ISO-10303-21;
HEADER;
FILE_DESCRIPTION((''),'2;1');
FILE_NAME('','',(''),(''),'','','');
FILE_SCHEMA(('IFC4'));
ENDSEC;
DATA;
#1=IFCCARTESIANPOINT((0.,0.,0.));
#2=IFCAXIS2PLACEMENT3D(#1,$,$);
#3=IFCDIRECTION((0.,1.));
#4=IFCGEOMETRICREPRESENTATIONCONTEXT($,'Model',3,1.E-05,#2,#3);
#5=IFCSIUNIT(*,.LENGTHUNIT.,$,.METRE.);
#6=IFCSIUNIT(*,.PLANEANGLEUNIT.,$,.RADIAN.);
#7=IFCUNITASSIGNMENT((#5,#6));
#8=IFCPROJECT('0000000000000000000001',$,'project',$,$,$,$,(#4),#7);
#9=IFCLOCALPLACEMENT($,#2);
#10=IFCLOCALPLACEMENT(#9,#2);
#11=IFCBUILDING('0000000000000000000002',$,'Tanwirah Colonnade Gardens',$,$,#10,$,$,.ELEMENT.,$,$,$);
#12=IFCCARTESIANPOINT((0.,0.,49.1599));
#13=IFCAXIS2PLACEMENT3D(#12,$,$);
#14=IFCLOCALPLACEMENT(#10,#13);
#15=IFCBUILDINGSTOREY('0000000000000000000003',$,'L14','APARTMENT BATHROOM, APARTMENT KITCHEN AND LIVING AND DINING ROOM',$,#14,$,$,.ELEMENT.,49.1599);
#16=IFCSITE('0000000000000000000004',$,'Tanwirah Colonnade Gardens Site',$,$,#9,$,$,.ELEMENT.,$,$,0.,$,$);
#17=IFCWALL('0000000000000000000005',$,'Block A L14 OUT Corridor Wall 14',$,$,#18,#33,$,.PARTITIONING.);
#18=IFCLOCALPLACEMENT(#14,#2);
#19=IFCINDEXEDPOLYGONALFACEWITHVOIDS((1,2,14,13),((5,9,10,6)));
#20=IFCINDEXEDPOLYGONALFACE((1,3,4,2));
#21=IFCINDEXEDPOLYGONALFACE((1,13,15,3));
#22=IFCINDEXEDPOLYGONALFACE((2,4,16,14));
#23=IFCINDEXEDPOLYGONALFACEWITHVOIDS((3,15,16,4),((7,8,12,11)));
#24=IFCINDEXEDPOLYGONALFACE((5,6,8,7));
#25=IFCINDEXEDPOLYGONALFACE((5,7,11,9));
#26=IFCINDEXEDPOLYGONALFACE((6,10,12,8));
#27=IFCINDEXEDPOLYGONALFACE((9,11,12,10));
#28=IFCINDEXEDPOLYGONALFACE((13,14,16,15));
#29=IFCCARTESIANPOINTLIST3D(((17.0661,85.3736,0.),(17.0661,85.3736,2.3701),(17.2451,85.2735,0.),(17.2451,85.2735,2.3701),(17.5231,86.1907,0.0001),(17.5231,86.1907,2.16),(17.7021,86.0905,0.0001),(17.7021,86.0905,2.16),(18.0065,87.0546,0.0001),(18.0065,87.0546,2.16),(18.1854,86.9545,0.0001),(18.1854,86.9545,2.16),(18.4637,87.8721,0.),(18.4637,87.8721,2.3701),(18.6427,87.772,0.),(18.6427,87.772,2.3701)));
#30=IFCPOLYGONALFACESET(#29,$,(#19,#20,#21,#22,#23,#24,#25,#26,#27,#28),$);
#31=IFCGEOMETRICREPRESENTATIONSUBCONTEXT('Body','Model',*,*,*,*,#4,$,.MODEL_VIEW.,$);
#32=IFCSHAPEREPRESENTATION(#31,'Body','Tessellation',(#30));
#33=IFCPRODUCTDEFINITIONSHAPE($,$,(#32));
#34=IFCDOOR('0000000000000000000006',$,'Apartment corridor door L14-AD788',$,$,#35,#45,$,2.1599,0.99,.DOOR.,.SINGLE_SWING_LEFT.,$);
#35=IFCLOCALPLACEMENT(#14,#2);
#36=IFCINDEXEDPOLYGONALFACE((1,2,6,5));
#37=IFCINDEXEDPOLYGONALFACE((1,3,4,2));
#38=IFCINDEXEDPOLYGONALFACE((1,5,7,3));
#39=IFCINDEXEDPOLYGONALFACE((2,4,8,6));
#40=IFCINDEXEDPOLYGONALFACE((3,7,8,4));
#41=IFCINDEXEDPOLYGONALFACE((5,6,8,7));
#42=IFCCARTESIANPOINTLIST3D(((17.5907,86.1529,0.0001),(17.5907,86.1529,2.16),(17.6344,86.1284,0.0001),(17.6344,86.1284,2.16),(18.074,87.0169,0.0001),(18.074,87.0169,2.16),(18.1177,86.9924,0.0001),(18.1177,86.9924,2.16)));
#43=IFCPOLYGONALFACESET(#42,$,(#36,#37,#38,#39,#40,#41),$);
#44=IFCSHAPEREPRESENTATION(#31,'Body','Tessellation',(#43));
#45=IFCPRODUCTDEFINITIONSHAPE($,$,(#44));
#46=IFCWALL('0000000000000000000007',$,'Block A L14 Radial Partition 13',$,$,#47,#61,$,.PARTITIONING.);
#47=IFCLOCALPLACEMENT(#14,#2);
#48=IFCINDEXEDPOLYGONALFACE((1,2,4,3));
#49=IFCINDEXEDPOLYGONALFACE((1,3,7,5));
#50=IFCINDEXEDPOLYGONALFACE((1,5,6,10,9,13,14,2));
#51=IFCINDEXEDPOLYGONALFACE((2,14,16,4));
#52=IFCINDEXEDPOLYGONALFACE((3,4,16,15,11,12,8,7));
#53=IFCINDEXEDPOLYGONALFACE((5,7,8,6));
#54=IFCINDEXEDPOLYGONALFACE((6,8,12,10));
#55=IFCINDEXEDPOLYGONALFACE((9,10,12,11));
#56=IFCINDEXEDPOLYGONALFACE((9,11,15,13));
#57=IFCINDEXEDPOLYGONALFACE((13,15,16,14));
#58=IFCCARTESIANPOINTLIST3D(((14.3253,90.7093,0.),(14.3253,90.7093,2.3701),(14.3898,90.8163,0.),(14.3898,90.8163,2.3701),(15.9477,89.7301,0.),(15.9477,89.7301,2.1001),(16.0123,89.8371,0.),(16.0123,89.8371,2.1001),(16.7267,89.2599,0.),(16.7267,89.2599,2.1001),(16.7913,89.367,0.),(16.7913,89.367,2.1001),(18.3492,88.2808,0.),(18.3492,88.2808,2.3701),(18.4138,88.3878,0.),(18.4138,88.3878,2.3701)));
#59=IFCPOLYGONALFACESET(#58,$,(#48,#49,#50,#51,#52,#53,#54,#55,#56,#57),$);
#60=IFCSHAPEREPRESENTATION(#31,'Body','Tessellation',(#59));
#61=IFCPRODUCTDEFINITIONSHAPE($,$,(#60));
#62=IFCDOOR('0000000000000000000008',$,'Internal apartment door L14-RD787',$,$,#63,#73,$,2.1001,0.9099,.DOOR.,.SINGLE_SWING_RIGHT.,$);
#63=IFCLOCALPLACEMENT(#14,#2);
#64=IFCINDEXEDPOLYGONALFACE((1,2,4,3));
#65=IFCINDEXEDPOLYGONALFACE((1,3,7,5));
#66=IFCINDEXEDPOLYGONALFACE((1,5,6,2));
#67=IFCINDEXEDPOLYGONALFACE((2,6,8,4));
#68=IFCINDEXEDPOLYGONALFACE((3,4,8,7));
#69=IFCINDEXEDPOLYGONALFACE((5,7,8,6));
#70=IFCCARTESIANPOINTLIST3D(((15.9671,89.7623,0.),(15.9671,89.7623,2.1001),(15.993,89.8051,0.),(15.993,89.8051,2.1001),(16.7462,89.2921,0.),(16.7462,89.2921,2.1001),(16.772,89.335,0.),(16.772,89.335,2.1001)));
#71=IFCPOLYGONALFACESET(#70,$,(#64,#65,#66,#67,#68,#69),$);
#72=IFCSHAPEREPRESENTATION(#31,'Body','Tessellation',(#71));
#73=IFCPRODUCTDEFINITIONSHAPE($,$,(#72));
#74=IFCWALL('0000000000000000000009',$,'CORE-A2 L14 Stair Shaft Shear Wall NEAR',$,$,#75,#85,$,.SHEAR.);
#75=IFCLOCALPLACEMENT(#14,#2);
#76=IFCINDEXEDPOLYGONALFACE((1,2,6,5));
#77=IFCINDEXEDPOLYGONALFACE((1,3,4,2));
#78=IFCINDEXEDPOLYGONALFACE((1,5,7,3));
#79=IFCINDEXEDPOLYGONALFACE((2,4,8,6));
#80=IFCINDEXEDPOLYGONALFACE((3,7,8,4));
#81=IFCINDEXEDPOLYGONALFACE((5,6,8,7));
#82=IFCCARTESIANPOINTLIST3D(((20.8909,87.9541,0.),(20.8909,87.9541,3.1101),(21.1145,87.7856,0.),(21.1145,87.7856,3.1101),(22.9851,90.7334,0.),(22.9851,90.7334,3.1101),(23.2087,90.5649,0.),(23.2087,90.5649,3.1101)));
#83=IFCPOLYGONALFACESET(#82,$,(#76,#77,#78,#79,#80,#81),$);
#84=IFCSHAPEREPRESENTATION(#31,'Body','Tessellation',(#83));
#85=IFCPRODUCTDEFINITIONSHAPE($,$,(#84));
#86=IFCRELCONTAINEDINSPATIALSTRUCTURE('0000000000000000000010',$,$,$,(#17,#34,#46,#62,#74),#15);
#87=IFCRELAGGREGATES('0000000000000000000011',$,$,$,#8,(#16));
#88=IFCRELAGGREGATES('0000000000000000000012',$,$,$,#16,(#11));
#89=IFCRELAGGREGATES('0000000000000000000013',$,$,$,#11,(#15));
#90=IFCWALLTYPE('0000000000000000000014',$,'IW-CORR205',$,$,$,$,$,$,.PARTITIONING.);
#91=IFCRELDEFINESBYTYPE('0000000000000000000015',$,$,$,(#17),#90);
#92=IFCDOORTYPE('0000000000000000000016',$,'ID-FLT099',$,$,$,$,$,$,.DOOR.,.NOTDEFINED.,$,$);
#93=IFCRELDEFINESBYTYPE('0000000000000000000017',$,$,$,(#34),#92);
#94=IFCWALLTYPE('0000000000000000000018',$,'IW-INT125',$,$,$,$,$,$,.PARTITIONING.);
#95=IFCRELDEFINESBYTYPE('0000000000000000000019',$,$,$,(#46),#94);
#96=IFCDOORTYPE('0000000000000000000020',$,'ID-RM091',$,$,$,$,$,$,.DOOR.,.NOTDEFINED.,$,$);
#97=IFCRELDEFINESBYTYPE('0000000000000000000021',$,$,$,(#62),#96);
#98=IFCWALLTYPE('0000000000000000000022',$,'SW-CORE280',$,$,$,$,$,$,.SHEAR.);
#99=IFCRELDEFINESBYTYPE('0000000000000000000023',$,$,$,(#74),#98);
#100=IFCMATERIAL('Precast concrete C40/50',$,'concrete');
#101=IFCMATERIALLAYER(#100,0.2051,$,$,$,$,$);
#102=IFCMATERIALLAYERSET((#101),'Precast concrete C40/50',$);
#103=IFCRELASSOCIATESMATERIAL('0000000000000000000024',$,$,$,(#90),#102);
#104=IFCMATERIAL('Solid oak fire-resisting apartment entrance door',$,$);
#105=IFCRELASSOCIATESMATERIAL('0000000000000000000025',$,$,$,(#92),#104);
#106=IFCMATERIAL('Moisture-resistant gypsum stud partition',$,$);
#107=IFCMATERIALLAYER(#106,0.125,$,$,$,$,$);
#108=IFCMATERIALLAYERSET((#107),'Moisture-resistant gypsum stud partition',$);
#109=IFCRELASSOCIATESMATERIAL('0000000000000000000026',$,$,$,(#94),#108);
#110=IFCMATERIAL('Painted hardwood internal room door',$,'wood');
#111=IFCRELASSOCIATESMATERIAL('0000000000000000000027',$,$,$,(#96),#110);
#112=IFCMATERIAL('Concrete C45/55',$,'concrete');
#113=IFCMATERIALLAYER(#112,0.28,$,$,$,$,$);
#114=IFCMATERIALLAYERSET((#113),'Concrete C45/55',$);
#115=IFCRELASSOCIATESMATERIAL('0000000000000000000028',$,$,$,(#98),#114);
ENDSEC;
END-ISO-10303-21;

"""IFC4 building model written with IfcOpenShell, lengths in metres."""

from ifc_helpers import new_model, si_unit, direction, frame, frame_2d, origin, place, context, subcontext, project, spatial, rectangle, extrude, material, layer, layer_set, type_object, element, fill, save


model = new_model("IFC4")

# Units and contexts
model_context = context("Model", 3, precision=1e-05, world=origin(), true_north=direction((0.0, 1.0)))
body_context = subcontext(model_context, "Body", "Model", "MODEL_VIEW")
ifc_project = project(units=[si_unit("LENGTHUNIT", "METRE"), si_unit("PLANEANGLEUNIT", "RADIAN")], contexts=[model_context])

# Site, building, storey
site_placement = place(None, origin())
site = spatial("IfcSite", under=ifc_project, at=site_placement, Name="Tanwirah Colonnade Gardens Site", CompositionType="ELEMENT", RefElevation=0.0)
building_placement = place(site_placement, origin())
building = spatial("IfcBuilding", under=site, at=building_placement, Name="Tanwirah Colonnade Gardens", CompositionType="ELEMENT")
storey_placement = place(building_placement, frame((0.0, 0.0, 49.1599)))
storey = spatial("IfcBuildingStorey", under=building, at=storey_placement, Name="L14", Description="APARTMENT BATHROOM, APARTMENT KITCHEN AND LIVING AND DINING ROOM", CompositionType="ELEMENT", Elevation=49.1599)

# Shared definitions
ifc_material_1 = material(Name="Precast concrete C40/50", Category="concrete")

# Walls, openings, doors
ifc_layer_1 = layer(ifc_material_1, 0.2051)
ifc_layer_set_1 = layer_set([ifc_layer_1], Name="Precast concrete C40/50")
wall_type_1 = type_object("IfcWallType", Name="IW-CORR205", PredefinedType="PARTITIONING", material=ifc_layer_set_1)
ifc_material_2 = material(Name="Solid oak fire-resisting apartment entrance door")
wall_1_placement = place(storey_placement, frame((18.5532, 87.822, 0.0), z_axis=(0.0, 0.0, 1.0), x_axis=(-0.488211, -0.872726, 0.0)))
wall_1 = element("IfcWall", 1, at=wall_1_placement, inside=storey, type_object=wall_type_1, Name="Block A L14 OUT Corridor Wall 14", PredefinedType="PARTITIONING", context=body_context, shape_type="SweptSolid", body=[
    extrude(rectangle(XDim=2.8628, YDim=0.2051, at=frame_2d((1.4314, 0.0))), origin(), (0.0, 0.0, 1.0), 2.3701),
])
opening_1_placement = place(wall_1_placement, frame((0.9365, 0.0, 0.0)))
opening_1 = element("IfcOpeningElement", 2, at=opening_1_placement, cuts=wall_1, PredefinedType="OPENING", context=body_context, shape_type="SweptSolid", body=[
    extrude(rectangle(XDim=0.99, YDim=2.1599, at=frame_2d((0.4951, 1.0801))), frame((0.0, 0.1125, 0.0), z_axis=(0.0, -1.0, 0.0), x_axis=(1.0, 0.0, 0.0)), (0.0, 0.0, 1.0), 0.2251),
])
door_type_1 = type_object("IfcDoorType", Name="ID-FLT099", OperationType="NOTDEFINED", PredefinedType="DOOR", material=ifc_material_2)
door_1_placement = place(opening_1_placement, origin())
door_1 = element("IfcDoor", 3, at=door_1_placement, inside=storey, type_object=door_type_1, Name="Apartment corridor door L14-AD788", OperationType="SINGLE_SWING_LEFT", OverallHeight=2.1599, OverallWidth=0.99, PredefinedType="DOOR", context=body_context, shape_type="SweptSolid", body=[
    extrude(rectangle(XDim=0.99, YDim=2.1599, at=frame_2d((0.4951, 1.0801))), frame((0.0, 0.0249, 0.0), z_axis=(0.0, -1.0, 0.0), x_axis=(1.0, 0.0, 0.0)), (0.0, 0.0, 1.0), 0.05),
])
fill(opening_1, door_1)
ifc_material_3 = material(Name="Moisture-resistant gypsum stud partition")
ifc_layer_2 = layer(ifc_material_3, 0.125)
ifc_layer_set_2 = layer_set([ifc_layer_2], Name="Moisture-resistant gypsum stud partition")
wall_type_2 = type_object("IfcWallType", Name="IW-INT125", PredefinedType="PARTITIONING", material=ifc_layer_set_2)
wall_2_placement = place(storey_placement, frame((18.3816, 88.3342, 0.0), z_axis=(0.0, 0.0, 1.0), x_axis=(-0.856165, 0.516702, 0.0)))
wall_2 = element("IfcWall", 4, at=wall_2_placement, inside=storey, type_object=wall_type_2, Name="Block A L14 Radial Partition 13", PredefinedType="PARTITIONING", context=body_context, shape_type="SweptSolid", body=[
    extrude(rectangle(XDim=4.7, YDim=0.125, at=frame_2d((2.3501, 0.0))), origin(), (0.0, 0.0, 1.0), 2.3701),
])
opening_2_placement = place(wall_2_placement, frame((1.895, 0.0, 0.0)))
opening_2 = element("IfcOpeningElement", 5, at=opening_2_placement, cuts=wall_2, PredefinedType="OPENING", context=body_context, shape_type="SweptSolid", body=[
    extrude(rectangle(XDim=0.9099, YDim=2.1001, at=frame_2d((0.4551, 1.05))), frame((0.0, 0.0725, 0.0), z_axis=(0.0, -1.0, 0.0), x_axis=(1.0, 0.0, 0.0)), (0.0, 0.0, 1.0), 0.145),
])
ifc_material_4 = material(Name="Painted hardwood internal room door", Category="wood")
door_type_2 = type_object("IfcDoorType", Name="ID-RM091", OperationType="NOTDEFINED", PredefinedType="DOOR", material=ifc_material_4)
door_2_placement = place(opening_2_placement, origin())
door_2 = element("IfcDoor", 6, at=door_2_placement, inside=storey, type_object=door_type_2, Name="Internal apartment door L14-RD787", OperationType="SINGLE_SWING_RIGHT", OverallHeight=2.1001, OverallWidth=0.9099, PredefinedType="DOOR", context=body_context, shape_type="SweptSolid", body=[
    extrude(rectangle(XDim=0.9099, YDim=2.1001, at=frame_2d((0.4551, 1.05))), frame((0.0, 0.0249, 0.0), z_axis=(0.0, -1.0, 0.0), x_axis=(1.0, 0.0, 0.0)), (0.0, 0.0, 1.0), 0.05),
])
fill(opening_2, door_2)

# Wall
ifc_material_5 = material(Name="Concrete C45/55", Category="concrete")
ifc_layer_3 = layer(ifc_material_5, 0.28)
ifc_layer_set_3 = layer_set([ifc_layer_3], Name="Concrete C45/55")
wall_type_3 = type_object("IfcWallType", Name="SW-CORE280", PredefinedType="SHEAR", material=ifc_layer_set_3)
wall_3_placement = place(storey_placement, frame((21.0027, 87.8699, 0.0), z_axis=(0.0, 0.0, 1.0), x_axis=(0.601794, 0.798651, 0.0)))
element("IfcWall", 7, at=wall_3_placement, inside=storey, type_object=wall_type_3, Name="CORE-A2 L14 Stair Shaft Shear Wall NEAR", PredefinedType="SHEAR", context=body_context, shape_type="SweptSolid", body=[
    extrude(rectangle(XDim=3.48, YDim=0.28, at=frame_2d((1.74, 0.0))), origin(), (0.0, 0.0, 1.0), 3.1101),
])

save(model, "model.ifc")
